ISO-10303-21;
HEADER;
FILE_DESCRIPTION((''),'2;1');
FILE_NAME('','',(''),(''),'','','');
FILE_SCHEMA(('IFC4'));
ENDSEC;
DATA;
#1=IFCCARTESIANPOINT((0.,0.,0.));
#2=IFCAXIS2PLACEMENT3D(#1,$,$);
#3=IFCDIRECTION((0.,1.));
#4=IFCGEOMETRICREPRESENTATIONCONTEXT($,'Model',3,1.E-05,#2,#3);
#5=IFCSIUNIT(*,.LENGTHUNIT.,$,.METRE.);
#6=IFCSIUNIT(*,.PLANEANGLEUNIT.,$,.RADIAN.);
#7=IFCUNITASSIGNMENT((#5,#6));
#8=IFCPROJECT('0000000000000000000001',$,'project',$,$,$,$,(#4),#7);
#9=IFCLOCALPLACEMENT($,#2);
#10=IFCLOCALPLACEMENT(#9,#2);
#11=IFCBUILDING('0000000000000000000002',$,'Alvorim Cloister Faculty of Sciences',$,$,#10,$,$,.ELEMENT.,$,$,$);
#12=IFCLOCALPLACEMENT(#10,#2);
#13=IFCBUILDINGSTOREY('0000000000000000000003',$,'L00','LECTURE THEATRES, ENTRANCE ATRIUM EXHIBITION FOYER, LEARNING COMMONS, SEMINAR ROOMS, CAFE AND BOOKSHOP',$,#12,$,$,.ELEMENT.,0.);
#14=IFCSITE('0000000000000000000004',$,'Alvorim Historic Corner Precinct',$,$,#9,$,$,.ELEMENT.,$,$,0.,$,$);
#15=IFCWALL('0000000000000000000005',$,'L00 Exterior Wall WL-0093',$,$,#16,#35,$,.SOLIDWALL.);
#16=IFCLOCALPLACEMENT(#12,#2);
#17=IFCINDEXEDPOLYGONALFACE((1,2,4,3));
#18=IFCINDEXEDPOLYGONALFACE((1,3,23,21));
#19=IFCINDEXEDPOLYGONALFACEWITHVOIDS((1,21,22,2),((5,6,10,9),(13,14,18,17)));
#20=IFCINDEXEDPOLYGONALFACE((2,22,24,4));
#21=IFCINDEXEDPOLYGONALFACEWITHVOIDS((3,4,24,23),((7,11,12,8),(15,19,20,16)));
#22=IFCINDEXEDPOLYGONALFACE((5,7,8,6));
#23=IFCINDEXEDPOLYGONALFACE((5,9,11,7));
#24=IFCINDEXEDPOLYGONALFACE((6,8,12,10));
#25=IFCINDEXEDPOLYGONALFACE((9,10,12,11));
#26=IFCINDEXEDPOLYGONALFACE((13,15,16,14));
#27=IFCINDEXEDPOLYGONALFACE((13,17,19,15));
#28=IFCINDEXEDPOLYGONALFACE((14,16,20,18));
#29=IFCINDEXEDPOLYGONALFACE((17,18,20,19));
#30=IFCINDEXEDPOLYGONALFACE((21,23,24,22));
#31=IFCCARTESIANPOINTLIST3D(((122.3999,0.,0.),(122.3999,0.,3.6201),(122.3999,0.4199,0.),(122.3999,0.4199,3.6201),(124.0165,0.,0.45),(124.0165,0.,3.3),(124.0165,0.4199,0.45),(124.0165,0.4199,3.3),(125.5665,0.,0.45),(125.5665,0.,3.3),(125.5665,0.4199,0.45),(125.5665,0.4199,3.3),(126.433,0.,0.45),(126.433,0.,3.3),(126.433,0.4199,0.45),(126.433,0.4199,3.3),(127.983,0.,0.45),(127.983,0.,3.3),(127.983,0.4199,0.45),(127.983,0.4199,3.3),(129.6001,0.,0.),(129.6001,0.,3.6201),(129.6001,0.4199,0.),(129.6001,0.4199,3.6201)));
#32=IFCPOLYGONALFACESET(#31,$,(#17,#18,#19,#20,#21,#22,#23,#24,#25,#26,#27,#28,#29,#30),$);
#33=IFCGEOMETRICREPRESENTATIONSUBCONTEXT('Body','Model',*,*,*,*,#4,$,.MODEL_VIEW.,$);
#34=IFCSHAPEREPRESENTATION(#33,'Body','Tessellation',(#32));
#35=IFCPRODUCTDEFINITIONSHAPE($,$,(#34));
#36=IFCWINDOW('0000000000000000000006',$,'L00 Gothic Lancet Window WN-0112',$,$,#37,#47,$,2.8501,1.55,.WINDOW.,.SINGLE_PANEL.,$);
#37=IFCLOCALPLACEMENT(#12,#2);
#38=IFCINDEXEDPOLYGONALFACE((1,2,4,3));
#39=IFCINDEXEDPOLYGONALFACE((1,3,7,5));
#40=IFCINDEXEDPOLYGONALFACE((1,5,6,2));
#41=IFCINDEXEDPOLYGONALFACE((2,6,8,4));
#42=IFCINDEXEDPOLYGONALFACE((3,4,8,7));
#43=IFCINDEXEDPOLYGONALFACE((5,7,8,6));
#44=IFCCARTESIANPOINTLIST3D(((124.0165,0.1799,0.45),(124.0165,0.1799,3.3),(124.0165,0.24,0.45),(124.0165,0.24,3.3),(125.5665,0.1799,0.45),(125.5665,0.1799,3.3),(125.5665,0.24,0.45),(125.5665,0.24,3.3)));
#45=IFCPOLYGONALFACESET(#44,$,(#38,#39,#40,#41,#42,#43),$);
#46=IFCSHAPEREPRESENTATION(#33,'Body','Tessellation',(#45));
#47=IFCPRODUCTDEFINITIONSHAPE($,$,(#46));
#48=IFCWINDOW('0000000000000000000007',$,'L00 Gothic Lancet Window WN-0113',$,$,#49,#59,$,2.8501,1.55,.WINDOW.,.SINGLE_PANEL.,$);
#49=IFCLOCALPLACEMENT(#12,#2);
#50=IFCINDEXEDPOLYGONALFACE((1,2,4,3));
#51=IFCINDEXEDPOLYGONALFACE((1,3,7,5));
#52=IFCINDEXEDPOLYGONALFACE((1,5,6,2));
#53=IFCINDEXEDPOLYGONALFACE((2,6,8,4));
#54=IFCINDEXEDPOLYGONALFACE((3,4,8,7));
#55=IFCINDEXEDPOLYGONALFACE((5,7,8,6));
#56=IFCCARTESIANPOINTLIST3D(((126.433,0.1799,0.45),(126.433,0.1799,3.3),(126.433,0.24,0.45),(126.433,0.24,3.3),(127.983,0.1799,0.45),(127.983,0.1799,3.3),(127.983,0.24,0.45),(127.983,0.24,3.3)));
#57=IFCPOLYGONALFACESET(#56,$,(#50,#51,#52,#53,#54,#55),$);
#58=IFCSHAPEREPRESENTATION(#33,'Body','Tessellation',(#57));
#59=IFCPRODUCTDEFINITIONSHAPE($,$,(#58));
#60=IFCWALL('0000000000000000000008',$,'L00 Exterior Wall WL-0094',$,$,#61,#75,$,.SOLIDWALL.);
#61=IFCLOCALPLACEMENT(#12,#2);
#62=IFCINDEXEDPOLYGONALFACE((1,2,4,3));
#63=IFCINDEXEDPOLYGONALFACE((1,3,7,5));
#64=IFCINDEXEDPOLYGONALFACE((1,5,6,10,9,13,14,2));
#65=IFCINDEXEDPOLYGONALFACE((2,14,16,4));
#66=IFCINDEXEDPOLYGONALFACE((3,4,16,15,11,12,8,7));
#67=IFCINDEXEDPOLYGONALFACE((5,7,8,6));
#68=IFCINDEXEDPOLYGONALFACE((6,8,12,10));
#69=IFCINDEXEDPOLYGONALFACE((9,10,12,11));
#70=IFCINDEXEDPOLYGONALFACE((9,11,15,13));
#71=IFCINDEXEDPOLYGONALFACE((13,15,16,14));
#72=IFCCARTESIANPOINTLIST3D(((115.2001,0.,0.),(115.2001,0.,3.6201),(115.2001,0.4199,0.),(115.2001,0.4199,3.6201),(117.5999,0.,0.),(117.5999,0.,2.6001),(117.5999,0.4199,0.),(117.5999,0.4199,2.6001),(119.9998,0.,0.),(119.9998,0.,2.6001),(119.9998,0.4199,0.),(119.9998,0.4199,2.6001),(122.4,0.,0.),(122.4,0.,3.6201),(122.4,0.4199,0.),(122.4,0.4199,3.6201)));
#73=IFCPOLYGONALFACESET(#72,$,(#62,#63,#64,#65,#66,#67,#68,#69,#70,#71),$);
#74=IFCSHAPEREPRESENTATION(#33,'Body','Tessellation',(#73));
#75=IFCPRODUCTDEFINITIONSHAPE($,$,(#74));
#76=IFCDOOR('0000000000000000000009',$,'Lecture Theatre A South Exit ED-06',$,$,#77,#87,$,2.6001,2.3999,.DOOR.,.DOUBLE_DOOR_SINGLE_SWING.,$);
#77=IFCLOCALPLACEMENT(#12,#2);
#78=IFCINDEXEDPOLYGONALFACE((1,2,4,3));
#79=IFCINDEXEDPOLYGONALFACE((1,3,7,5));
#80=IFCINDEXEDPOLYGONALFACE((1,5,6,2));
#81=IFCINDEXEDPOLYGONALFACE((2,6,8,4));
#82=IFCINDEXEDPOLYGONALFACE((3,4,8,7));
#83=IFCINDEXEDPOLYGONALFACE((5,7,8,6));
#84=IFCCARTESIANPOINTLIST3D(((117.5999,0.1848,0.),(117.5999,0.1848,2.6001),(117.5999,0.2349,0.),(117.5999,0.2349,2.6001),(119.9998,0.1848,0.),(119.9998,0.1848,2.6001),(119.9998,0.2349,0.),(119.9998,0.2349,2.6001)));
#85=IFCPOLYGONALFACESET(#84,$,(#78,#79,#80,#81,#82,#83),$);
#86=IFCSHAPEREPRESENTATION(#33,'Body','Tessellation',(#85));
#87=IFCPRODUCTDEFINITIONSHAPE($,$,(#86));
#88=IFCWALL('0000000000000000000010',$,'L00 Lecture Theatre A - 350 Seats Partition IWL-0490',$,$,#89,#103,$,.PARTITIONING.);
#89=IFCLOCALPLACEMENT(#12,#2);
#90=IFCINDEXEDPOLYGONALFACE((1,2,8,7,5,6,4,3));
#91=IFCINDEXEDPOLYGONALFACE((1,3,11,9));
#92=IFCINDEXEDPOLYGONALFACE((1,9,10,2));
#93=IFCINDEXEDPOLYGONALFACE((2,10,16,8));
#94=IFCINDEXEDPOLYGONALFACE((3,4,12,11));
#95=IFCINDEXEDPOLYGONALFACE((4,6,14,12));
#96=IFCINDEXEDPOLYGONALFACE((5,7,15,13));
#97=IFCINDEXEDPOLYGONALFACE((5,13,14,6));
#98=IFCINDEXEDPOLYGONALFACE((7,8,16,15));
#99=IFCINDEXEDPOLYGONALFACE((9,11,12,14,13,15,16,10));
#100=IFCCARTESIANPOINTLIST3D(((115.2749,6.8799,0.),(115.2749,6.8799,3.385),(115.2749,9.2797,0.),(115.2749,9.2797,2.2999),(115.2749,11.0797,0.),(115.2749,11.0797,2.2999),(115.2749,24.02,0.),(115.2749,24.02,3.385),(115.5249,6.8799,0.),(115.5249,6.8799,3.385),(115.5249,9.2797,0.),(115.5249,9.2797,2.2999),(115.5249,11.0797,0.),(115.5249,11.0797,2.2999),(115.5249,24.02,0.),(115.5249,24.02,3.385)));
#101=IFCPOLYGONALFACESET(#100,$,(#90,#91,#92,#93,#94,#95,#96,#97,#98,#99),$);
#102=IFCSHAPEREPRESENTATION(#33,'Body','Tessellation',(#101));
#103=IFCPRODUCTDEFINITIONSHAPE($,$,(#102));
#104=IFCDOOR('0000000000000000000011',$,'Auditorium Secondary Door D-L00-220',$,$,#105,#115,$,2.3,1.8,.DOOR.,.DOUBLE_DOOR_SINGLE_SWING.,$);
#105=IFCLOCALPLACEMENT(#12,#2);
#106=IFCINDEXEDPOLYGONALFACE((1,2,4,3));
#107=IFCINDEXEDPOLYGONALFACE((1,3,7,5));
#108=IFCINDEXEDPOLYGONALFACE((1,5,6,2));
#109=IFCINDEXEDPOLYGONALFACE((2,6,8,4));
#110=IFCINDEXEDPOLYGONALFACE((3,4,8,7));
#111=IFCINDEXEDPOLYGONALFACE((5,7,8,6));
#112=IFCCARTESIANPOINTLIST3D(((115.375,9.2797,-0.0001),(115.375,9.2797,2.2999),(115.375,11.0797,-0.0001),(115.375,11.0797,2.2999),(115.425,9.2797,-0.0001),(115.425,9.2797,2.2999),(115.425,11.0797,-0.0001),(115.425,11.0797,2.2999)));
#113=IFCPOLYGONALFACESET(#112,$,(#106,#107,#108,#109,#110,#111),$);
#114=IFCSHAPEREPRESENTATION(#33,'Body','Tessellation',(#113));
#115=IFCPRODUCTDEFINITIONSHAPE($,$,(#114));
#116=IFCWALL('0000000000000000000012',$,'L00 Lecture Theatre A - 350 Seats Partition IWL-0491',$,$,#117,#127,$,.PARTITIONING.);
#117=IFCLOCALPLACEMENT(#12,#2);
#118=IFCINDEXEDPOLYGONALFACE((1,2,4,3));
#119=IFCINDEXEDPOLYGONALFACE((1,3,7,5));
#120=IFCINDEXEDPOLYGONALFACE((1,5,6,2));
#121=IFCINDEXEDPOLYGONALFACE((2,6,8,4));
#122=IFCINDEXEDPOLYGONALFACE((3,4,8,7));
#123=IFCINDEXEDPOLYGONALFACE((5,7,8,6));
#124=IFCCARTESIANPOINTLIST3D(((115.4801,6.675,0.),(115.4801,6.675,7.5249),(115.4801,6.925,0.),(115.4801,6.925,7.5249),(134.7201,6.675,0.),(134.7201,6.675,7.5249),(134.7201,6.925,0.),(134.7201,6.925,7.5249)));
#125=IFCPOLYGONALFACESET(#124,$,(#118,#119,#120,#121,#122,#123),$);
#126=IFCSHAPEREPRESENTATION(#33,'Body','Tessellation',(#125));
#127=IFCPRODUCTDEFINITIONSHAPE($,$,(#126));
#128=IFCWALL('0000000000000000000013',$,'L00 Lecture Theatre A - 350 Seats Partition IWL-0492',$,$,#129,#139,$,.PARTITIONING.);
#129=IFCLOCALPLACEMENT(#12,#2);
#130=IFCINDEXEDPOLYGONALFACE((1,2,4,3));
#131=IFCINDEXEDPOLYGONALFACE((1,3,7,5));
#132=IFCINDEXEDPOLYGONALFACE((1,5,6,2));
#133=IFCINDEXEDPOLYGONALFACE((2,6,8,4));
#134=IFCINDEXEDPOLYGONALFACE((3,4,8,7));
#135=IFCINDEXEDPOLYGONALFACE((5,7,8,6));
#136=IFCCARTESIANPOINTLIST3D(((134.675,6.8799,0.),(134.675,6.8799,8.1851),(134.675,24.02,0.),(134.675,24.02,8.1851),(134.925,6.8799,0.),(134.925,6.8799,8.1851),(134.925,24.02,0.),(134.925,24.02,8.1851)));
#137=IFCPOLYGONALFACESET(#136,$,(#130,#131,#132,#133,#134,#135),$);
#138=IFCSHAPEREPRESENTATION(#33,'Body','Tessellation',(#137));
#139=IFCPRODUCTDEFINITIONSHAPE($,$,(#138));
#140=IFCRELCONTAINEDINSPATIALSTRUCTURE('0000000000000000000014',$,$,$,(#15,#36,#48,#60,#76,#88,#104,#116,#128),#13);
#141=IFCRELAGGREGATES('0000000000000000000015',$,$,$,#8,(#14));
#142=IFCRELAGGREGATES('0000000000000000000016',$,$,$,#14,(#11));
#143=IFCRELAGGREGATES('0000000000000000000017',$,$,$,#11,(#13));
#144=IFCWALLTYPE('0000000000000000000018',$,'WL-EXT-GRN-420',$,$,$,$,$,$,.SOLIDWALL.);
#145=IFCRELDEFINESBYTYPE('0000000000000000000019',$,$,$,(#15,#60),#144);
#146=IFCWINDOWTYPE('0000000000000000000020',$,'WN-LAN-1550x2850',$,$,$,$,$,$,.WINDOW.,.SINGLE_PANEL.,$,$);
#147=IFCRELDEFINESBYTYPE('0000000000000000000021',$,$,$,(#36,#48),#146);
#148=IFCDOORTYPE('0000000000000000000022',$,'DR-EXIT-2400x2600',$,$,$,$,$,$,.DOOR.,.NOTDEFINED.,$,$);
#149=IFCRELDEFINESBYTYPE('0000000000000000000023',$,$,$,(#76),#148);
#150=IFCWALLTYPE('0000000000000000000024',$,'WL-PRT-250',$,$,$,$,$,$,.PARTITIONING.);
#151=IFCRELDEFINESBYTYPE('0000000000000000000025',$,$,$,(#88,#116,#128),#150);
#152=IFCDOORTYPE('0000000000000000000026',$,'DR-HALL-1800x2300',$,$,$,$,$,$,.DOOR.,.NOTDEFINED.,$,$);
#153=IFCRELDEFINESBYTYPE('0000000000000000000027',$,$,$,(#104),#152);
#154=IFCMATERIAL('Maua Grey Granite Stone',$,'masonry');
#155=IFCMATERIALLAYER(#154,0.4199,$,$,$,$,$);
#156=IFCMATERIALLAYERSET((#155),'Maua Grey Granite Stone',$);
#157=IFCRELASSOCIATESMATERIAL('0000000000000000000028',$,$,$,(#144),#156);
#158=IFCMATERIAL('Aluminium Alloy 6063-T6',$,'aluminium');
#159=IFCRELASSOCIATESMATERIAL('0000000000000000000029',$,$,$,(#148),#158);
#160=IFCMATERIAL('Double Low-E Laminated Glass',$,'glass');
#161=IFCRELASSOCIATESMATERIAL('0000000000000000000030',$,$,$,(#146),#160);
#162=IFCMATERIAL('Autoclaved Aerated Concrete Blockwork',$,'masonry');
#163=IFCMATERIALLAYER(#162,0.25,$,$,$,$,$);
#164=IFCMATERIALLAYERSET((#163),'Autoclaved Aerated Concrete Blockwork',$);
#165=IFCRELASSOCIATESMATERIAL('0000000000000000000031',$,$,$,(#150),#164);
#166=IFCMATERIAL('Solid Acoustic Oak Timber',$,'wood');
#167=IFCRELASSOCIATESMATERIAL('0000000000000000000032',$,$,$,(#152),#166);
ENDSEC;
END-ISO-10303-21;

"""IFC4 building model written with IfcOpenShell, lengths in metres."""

from ifc_helpers import new_model, si_unit, direction, frame, frame_2d, origin, place, context, subcontext, project, spatial, rectangle, extrude, material, layer, layer_set, type_object, element, fill, save


model = new_model("IFC4")

# Units and contexts
model_context = context("Model", 3, precision=1e-05, world=origin(), true_north=direction((0.0, 1.0)))
body_context = subcontext(model_context, "Body", "Model", "MODEL_VIEW")
ifc_project = project(units=[si_unit("LENGTHUNIT", "METRE"), si_unit("PLANEANGLEUNIT", "RADIAN")], contexts=[model_context])

# Site, building, storey
site_placement = place(None, origin())
site = spatial("IfcSite", under=ifc_project, at=site_placement, Name="Alvorim Historic Corner Precinct", CompositionType="ELEMENT", RefElevation=0.0)
building_placement = place(site_placement, origin())
building = spatial("IfcBuilding", under=site, at=building_placement, Name="Alvorim Cloister Faculty of Sciences", CompositionType="ELEMENT")
storey_placement = place(building_placement, origin())
storey = spatial("IfcBuildingStorey", under=building, at=storey_placement, Name="L00", Description="LECTURE THEATRES, ENTRANCE ATRIUM EXHIBITION FOYER, LEARNING COMMONS, SEMINAR ROOMS, CAFE AND BOOKSHOP", CompositionType="ELEMENT", Elevation=0.0)

# Shared definitions
ifc_material_1 = material(Name="Maua Grey Granite Stone", Category="masonry")

# Shared definitions
ifc_layer_1 = layer(ifc_material_1, 0.4199)
ifc_layer_set_1 = layer_set([ifc_layer_1], Name="Maua Grey Granite Stone")
wall_type_1 = type_object("IfcWallType", Name="WL-EXT-GRN-420", PredefinedType="SOLIDWALL", material=ifc_layer_set_1)
ifc_material_2 = material(Name="Aluminium Alloy 6063-T6", Category="aluminium")
door_type_1 = type_object("IfcDoorType", Name="DR-EXIT-2400x2600", OperationType="NOTDEFINED", PredefinedType="DOOR", material=ifc_material_2)

# Wall, openings, windows
wall_1_placement = place(storey_placement, frame((122.3999, 0.21, 0.0), z_axis=(0.0, 0.0, 1.0), x_axis=(1.0, 0.0, 0.0)))
wall_1 = element("IfcWall", 1, at=wall_1_placement, inside=storey, type_object=wall_type_1, Name="L00 Exterior Wall WL-0093", PredefinedType="SOLIDWALL", context=body_context, shape_type="SweptSolid", body=[
    extrude(rectangle(XDim=7.2002, YDim=0.4199, at=frame_2d((3.6001, 0.0))), origin(), (0.0, 0.0, 1.0), 3.6201),
])
opening_1_placement = place(wall_1_placement, frame((1.6167, 0.0, 0.45)))
opening_1 = element("IfcOpeningElement", 2, at=opening_1_placement, cuts=wall_1, PredefinedType="OPENING", context=body_context, shape_type="SweptSolid", body=[
    extrude(rectangle(XDim=1.55, YDim=2.8501, at=frame_2d((0.7749, 1.425))), frame((0.0, 0.2219, 0.0), z_axis=(0.0, -1.0, 0.0), x_axis=(1.0, 0.0, 0.0)), (0.0, 0.0, 1.0), 0.4438),
])
opening_2_placement = place(wall_1_placement, frame((4.0332, 0.0, 0.45)))
opening_2 = element("IfcOpeningElement", 3, at=opening_2_placement, cuts=wall_1, PredefinedType="OPENING", context=body_context, shape_type="SweptSolid", body=[
    extrude(rectangle(XDim=1.55, YDim=2.8501, at=frame_2d((0.7749, 1.425))), frame((0.0, 0.2219, 0.0), z_axis=(0.0, -1.0, 0.0), x_axis=(1.0, 0.0, 0.0)), (0.0, 0.0, 1.0), 0.4438),
])
ifc_material_3 = material(Name="Double Low-E Laminated Glass", Category="glass")
window_type = type_object("IfcWindowType", Name="WN-LAN-1550x2850", PartitioningType="SINGLE_PANEL", PredefinedType="WINDOW", material=ifc_material_3)
window_1_placement = place(opening_1_placement, origin())
window_1 = element("IfcWindow", 4, at=window_1_placement, inside=storey, type_object=window_type, Name="L00 Gothic Lancet Window WN-0112", OverallHeight=2.8501, OverallWidth=1.55, PartitioningType="SINGLE_PANEL", PredefinedType="WINDOW", context=body_context, shape_type="SweptSolid", body=[
    extrude(rectangle(XDim=1.55, YDim=2.8501, at=frame_2d((0.7749, 1.425))), frame((0.0, 0.03, 0.0), z_axis=(0.0, -1.0, 0.0), x_axis=(1.0, 0.0, 0.0)), (0.0, 0.0, 1.0), 0.0601),
])
fill(opening_1, window_1)
window_2_placement = place(opening_2_placement, origin())
window_2 = element("IfcWindow", 5, at=window_2_placement, inside=storey, type_object=window_type, Name="L00 Gothic Lancet Window WN-0113", OverallHeight=2.8501, OverallWidth=1.55, PartitioningType="SINGLE_PANEL", PredefinedType="WINDOW", context=body_context, shape_type="SweptSolid", body=[
    extrude(rectangle(XDim=1.55, YDim=2.8501, at=frame_2d((0.7749, 1.425))), frame((0.0, 0.03, 0.0), z_axis=(0.0, -1.0, 0.0), x_axis=(1.0, 0.0, 0.0)), (0.0, 0.0, 1.0), 0.0601),
])
fill(opening_2, window_2)

# Walls, openings, doors
wall_2_placement = place(storey_placement, frame((115.2, 0.21, 0.0), z_axis=(0.0, 0.0, 1.0), x_axis=(1.0, 0.0, 0.0)))
wall_2 = element("IfcWall", 6, at=wall_2_placement, inside=storey, type_object=wall_type_1, Name="L00 Exterior Wall WL-0094", PredefinedType="SOLIDWALL", context=body_context, shape_type="SweptSolid", body=[
    extrude(rectangle(XDim=7.2, YDim=0.4199, at=frame_2d((3.6001, 0.0))), origin(), (0.0, 0.0, 1.0), 3.6201),
])
opening_3_placement = place(wall_2_placement, frame((2.3999, 0.0, 0.0)))
opening_3 = element("IfcOpeningElement", 7, at=opening_3_placement, cuts=wall_2, PredefinedType="OPENING", context=body_context, shape_type="SweptSolid", body=[
    extrude(rectangle(XDim=2.3999, YDim=2.6001, at=frame_2d((1.2, 1.3))), frame((0.0, 0.2219, 0.0), z_axis=(0.0, -1.0, 0.0), x_axis=(1.0, 0.0, 0.0)), (0.0, 0.0, 1.0), 0.4438),
])
door_1_placement = place(opening_3_placement, origin())
door_1 = element("IfcDoor", 8, at=door_1_placement, inside=storey, type_object=door_type_1, Name="Lecture Theatre A South Exit ED-06", OperationType="DOUBLE_DOOR_SINGLE_SWING", OverallHeight=2.6001, OverallWidth=2.3999, PredefinedType="DOOR", context=body_context, shape_type="SweptSolid", body=[
    extrude(rectangle(XDim=2.3999, YDim=2.6001, at=frame_2d((1.2, 1.3))), frame((0.0, 0.0249, 0.0), z_axis=(0.0, -1.0, 0.0), x_axis=(1.0, 0.0, 0.0)), (0.0, 0.0, 1.0), 0.05),
])
fill(opening_3, door_1)
ifc_material_4 = material(Name="Autoclaved Aerated Concrete Blockwork", Category="masonry")
ifc_layer_2 = layer(ifc_material_4, 0.25)
ifc_layer_set_2 = layer_set([ifc_layer_2], Name="Autoclaved Aerated Concrete Blockwork")
wall_type_2 = type_object("IfcWallType", Name="WL-PRT-250", PredefinedType="PARTITIONING", material=ifc_layer_set_2)
wall_3_placement = place(storey_placement, frame((115.3999, 6.8799, 0.0), z_axis=(0.0, 0.0, 1.0), x_axis=(0.0, 1.0, 0.0)))
wall_3 = element("IfcWall", 9, at=wall_3_placement, inside=storey, type_object=wall_type_2, Name="L00 Lecture Theatre A - 350 Seats Partition IWL-0490", PredefinedType="PARTITIONING", context=body_context, shape_type="SweptSolid", body=[
    extrude(rectangle(XDim=17.1401, YDim=0.25, at=frame_2d((8.5701, 0.0))), origin(), (0.0, 0.0, 1.0), 3.385),
])
opening_4_placement = place(wall_3_placement, frame((2.3999, 0.0, 0.0)))
opening_4 = element("IfcOpeningElement", 10, at=opening_4_placement, cuts=wall_3, PredefinedType="OPENING", context=body_context, shape_type="SweptSolid", body=[
    extrude(rectangle(XDim=1.8, YDim=2.3, at=frame_2d((0.8999, 1.1499))), frame((0.0, 0.137, 0.0), z_axis=(0.0, -1.0, 0.0), x_axis=(1.0, 0.0, 0.0)), (0.0, 0.0, 1.0), 0.2739),
])
ifc_material_5 = material(Name="Solid Acoustic Oak Timber", Category="wood")
door_type_2 = type_object("IfcDoorType", Name="DR-HALL-1800x2300", OperationType="NOTDEFINED", PredefinedType="DOOR", material=ifc_material_5)
door_2_placement = place(opening_4_placement, origin())
door_2 = element("IfcDoor", 11, at=door_2_placement, inside=storey, type_object=door_type_2, Name="Auditorium Secondary Door D-L00-220", OperationType="DOUBLE_DOOR_SINGLE_SWING", OverallHeight=2.3, OverallWidth=1.8, PredefinedType="DOOR", context=body_context, shape_type="SweptSolid", body=[
    extrude(rectangle(XDim=1.8, YDim=2.3, at=frame_2d((0.8999, 1.1499))), frame((0.0, 0.0249, 0.0), z_axis=(0.0, -1.0, 0.0), x_axis=(1.0, 0.0, 0.0)), (0.0, 0.0, 1.0), 0.05),
])
fill(opening_4, door_2)

# Walls
wall_4_placement = place(storey_placement, frame((115.48, 6.8, 0.0), z_axis=(0.0, 0.0, 1.0), x_axis=(1.0, 0.0, 0.0)))
element("IfcWall", 12, at=wall_4_placement, inside=storey, type_object=wall_type_2, Name="L00 Lecture Theatre A - 350 Seats Partition IWL-0491", PredefinedType="PARTITIONING", context=body_context, shape_type="SweptSolid", body=[
    extrude(rectangle(XDim=19.24, YDim=0.25, at=frame_2d((9.6201, 0.0))), origin(), (0.0, 0.0, 1.0), 7.5249),
])
wall_5_placement = place(storey_placement, frame((134.8, 6.8799, 0.0), z_axis=(0.0, 0.0, 1.0), x_axis=(0.0, 1.0, 0.0)))
element("IfcWall", 13, at=wall_5_placement, inside=storey, type_object=wall_type_2, Name="L00 Lecture Theatre A - 350 Seats Partition IWL-0492", PredefinedType="PARTITIONING", context=body_context, shape_type="SweptSolid", body=[
    extrude(rectangle(XDim=17.1401, YDim=0.25, at=frame_2d((8.5701, 0.0))), origin(), (0.0, 0.0, 1.0), 8.1851),
])

save(model, "model.ifc")
